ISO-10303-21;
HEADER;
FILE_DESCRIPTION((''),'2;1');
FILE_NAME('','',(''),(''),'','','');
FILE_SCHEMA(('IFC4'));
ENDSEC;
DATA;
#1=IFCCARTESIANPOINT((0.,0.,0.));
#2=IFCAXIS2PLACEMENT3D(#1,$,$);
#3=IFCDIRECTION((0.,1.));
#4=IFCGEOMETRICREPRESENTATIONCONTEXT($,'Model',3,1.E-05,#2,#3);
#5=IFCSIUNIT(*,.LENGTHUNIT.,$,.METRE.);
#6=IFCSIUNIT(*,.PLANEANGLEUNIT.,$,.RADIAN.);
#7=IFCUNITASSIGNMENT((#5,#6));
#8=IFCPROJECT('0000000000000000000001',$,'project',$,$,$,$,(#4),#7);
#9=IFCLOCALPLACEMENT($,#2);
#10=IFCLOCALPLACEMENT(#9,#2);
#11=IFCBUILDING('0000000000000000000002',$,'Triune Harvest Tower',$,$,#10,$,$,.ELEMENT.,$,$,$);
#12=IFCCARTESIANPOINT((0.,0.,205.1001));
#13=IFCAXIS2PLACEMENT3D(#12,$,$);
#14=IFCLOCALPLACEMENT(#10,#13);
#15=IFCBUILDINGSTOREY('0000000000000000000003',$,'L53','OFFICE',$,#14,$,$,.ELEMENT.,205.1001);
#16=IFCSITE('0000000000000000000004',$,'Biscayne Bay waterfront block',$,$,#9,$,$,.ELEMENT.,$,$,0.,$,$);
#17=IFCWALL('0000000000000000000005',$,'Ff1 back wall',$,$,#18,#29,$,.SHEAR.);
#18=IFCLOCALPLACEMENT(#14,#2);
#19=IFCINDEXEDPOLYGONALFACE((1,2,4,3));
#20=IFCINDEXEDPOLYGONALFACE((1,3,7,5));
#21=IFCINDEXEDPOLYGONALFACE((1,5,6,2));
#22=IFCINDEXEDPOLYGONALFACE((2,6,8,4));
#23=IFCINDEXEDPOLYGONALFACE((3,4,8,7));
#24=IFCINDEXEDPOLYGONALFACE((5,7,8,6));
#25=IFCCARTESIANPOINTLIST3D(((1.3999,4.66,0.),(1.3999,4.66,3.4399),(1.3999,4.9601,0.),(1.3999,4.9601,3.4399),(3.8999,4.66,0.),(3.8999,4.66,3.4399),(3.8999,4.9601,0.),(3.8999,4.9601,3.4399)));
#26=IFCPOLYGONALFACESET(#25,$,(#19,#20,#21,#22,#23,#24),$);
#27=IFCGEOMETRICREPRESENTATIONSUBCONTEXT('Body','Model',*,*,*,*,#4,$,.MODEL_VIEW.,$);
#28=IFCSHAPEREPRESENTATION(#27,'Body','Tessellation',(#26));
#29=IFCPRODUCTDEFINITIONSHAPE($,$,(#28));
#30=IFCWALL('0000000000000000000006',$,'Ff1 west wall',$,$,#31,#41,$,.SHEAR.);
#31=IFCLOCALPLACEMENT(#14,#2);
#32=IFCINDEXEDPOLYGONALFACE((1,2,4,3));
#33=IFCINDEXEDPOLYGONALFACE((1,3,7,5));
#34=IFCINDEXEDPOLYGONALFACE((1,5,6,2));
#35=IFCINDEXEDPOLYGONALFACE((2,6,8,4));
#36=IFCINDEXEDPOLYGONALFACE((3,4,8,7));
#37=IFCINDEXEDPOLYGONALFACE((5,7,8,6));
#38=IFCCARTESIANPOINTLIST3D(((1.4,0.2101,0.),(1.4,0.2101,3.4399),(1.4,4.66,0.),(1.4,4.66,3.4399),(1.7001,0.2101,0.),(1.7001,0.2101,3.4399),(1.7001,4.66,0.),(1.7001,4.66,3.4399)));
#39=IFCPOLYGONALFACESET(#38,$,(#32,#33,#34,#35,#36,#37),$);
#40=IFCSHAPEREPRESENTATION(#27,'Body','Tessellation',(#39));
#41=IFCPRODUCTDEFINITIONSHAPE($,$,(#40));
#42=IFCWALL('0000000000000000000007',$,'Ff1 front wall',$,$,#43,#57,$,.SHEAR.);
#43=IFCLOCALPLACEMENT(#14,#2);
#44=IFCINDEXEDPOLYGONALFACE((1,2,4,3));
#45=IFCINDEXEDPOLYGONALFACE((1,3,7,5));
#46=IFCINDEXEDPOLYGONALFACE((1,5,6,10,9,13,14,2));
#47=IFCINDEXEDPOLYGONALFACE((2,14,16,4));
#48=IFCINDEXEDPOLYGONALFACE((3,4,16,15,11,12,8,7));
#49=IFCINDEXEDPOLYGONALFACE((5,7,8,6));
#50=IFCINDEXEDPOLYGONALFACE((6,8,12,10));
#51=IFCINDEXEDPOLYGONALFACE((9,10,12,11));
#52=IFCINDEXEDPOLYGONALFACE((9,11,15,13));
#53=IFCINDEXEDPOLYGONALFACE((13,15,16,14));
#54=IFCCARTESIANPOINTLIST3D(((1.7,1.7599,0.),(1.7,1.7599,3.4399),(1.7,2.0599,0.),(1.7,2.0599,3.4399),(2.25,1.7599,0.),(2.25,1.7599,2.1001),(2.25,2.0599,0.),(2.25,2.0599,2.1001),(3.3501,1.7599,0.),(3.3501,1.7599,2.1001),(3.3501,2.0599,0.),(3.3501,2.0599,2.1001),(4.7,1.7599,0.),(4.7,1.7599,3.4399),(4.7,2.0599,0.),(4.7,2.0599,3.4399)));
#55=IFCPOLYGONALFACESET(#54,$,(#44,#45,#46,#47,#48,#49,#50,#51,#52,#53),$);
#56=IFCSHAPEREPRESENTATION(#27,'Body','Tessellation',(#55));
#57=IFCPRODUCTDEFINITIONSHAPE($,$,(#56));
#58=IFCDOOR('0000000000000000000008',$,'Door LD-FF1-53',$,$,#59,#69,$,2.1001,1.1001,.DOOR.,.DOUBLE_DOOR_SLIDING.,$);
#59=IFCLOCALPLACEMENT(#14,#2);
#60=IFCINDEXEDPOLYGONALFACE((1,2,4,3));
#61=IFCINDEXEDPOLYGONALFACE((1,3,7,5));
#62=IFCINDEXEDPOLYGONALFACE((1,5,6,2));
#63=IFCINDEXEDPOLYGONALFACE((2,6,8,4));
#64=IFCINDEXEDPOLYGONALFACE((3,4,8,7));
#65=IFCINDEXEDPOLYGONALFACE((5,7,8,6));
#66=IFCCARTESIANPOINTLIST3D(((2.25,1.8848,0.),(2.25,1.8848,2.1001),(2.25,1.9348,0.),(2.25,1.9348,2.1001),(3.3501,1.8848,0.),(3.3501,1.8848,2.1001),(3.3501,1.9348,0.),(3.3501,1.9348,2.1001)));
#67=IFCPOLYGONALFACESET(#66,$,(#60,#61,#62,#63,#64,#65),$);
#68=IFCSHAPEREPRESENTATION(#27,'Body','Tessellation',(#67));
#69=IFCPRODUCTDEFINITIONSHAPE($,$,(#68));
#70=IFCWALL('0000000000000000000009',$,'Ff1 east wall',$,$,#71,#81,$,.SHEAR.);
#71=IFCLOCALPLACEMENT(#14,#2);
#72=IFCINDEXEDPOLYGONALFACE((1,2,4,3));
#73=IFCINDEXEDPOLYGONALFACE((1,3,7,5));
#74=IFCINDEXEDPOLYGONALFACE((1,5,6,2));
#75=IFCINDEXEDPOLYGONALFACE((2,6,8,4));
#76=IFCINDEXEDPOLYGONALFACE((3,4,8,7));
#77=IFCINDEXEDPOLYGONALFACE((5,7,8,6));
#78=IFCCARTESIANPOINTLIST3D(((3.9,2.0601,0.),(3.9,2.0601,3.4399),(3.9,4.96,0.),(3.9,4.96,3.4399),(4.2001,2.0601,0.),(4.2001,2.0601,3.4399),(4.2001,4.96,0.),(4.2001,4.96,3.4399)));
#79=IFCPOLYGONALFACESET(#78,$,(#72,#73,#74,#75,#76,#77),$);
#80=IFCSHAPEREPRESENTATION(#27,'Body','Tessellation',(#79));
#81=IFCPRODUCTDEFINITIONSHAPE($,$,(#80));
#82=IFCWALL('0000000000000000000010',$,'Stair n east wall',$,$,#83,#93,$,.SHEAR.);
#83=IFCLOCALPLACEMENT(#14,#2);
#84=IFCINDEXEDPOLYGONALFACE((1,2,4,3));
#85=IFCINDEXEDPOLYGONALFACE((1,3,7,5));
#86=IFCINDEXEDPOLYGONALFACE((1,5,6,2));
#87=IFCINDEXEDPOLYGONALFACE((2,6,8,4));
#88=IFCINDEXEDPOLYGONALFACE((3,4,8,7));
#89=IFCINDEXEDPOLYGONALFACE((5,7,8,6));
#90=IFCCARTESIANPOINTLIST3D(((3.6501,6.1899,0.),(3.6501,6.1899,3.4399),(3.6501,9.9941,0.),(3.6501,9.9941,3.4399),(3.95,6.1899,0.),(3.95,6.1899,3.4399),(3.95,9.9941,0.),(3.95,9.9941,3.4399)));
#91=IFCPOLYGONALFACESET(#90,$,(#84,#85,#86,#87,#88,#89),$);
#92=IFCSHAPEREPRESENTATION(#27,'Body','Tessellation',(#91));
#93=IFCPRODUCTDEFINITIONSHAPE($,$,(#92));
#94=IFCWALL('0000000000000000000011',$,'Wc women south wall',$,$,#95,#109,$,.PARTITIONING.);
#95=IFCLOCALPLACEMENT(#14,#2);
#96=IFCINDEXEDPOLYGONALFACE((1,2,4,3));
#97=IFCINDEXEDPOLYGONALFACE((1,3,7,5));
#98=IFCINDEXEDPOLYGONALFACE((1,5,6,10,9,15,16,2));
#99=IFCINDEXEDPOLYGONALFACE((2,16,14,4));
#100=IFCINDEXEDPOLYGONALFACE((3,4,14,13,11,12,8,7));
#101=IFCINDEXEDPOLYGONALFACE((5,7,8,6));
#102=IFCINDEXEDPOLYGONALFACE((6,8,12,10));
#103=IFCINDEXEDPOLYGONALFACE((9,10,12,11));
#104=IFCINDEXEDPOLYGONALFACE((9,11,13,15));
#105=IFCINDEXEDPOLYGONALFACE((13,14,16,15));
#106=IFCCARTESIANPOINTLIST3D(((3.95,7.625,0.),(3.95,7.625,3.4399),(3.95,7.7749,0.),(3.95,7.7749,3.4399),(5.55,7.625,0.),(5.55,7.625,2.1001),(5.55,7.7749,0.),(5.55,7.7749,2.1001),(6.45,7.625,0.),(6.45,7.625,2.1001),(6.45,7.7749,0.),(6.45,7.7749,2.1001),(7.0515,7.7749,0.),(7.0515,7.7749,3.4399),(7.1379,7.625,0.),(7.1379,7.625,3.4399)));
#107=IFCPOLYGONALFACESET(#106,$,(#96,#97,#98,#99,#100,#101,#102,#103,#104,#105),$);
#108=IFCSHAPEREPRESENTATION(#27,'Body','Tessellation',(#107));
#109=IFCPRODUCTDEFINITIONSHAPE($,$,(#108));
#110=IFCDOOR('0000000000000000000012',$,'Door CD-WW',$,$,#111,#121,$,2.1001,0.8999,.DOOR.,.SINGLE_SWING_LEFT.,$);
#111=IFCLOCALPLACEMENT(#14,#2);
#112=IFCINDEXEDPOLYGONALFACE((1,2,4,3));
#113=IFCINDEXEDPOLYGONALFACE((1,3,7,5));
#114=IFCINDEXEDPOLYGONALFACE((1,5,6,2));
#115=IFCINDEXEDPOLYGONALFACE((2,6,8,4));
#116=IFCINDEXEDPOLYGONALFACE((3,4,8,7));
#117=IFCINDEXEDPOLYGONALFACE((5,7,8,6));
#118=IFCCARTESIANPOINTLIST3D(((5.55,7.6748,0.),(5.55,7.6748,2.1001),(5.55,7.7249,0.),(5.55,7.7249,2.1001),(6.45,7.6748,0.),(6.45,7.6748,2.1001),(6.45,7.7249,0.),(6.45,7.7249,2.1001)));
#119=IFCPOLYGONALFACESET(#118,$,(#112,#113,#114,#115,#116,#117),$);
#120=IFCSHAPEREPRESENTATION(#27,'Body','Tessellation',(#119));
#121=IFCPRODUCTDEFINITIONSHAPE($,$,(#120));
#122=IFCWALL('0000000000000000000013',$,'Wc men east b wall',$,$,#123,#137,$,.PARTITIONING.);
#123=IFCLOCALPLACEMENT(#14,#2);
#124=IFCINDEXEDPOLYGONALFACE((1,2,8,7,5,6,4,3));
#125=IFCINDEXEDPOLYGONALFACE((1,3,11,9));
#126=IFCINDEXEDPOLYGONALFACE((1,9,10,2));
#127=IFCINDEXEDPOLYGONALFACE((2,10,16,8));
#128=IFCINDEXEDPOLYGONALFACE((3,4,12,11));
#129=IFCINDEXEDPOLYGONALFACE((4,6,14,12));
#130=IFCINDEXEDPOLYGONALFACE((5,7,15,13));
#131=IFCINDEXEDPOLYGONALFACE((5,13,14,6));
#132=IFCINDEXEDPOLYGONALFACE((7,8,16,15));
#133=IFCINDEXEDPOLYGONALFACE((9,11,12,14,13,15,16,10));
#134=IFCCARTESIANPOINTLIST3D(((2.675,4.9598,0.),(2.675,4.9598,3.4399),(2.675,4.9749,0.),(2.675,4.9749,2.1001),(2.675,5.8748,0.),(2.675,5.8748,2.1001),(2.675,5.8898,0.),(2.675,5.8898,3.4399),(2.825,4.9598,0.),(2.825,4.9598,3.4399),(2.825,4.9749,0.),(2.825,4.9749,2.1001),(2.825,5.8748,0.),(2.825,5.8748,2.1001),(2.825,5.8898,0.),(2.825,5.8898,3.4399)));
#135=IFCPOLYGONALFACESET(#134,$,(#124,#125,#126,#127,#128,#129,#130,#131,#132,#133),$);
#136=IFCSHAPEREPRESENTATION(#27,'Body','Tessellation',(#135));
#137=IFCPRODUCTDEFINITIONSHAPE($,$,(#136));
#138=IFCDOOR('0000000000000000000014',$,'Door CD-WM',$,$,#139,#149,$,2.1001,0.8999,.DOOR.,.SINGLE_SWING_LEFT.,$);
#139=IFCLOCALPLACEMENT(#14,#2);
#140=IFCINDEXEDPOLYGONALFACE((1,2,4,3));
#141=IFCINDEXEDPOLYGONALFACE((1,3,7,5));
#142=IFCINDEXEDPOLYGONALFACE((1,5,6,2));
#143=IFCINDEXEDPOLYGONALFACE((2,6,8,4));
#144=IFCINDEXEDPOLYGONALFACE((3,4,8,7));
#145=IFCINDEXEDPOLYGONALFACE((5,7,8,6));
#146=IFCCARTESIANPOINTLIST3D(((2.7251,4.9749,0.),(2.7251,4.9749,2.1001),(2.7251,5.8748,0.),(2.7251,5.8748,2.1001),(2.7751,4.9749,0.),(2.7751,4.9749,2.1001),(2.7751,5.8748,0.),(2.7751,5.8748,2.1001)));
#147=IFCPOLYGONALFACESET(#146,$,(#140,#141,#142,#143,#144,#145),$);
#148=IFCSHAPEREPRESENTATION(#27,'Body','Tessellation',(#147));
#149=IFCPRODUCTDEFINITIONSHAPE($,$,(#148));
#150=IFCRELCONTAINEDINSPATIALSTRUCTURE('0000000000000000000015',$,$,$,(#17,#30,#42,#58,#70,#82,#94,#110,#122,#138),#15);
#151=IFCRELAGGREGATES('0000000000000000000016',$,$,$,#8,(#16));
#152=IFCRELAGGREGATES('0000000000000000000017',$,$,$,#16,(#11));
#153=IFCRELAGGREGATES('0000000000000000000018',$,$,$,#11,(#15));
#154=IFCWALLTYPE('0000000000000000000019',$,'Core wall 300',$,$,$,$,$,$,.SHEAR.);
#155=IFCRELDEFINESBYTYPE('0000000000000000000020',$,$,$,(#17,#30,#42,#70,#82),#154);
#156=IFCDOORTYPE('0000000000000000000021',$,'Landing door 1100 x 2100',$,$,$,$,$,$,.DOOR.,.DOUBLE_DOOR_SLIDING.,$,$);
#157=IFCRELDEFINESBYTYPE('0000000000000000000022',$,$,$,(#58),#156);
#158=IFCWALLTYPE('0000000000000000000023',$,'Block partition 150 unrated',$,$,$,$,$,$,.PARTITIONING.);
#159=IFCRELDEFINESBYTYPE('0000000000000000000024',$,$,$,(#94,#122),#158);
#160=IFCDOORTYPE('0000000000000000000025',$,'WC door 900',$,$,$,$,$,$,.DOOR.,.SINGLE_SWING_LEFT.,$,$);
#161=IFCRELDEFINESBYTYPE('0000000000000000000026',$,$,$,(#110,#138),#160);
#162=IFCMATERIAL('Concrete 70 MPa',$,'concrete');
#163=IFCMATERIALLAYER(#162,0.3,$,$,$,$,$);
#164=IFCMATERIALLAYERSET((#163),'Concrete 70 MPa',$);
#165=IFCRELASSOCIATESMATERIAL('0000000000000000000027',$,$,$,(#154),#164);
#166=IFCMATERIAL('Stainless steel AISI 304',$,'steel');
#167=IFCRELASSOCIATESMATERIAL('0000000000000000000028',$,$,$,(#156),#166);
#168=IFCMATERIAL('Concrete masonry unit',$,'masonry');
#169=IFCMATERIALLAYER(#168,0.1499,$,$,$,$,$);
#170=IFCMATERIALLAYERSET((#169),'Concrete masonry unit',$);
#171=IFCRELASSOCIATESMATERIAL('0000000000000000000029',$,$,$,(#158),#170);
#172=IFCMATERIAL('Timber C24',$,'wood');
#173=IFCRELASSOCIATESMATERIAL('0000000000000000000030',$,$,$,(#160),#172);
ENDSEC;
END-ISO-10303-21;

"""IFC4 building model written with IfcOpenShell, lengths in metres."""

from ifc_helpers import new_model, si_unit, direction, frame, frame_2d, origin, place, context, subcontext, project, spatial, polyline, rectangle, outline, extrude, source, transform, mapped, material, layer, layer_set, type_object, element, fill, save


model = new_model("IFC4")

# Units and contexts
model_context = context("Model", 3, precision=1e-05, world=origin(), true_north=direction((0.0, 1.0)))
body_context = subcontext(model_context, "Body", "Model", "MODEL_VIEW")
ifc_project = project(units=[si_unit("LENGTHUNIT", "METRE"), si_unit("PLANEANGLEUNIT", "RADIAN")], contexts=[model_context])

# Site, building, storey
site_placement = place(None, origin())
site = spatial("IfcSite", under=ifc_project, at=site_placement, Name="Biscayne Bay waterfront block", CompositionType="ELEMENT", RefElevation=0.0)
building_placement = place(site_placement, origin())
building = spatial("IfcBuilding", under=site, at=building_placement, Name="Triune Harvest Tower", CompositionType="ELEMENT")
storey_placement = place(building_placement, frame((0.0, 0.0, 205.1001)))
storey = spatial("IfcBuildingStorey", under=building, at=storey_placement, Name="L53", Description="OFFICE", CompositionType="ELEMENT", Elevation=205.1001)

# Walls
ifc_material_1 = material(Name="Concrete 70 MPa", Category="concrete")
ifc_layer_1 = layer(ifc_material_1, 0.3)
ifc_layer_set_1 = layer_set([ifc_layer_1], Name="Concrete 70 MPa")
wall_type_1 = type_object("IfcWallType", Name="Core wall 300", PredefinedType="SHEAR", material=ifc_layer_set_1)
shared_shape_1 = source(origin(), body_context, "Body", "SweptSolid", [
    extrude(rectangle(XDim=2.5, YDim=0.3, at=frame_2d((1.25, 0.0))), origin(), (0.0, 0.0, 1.0), 3.4399),
])
wall_1_placement = place(storey_placement, frame((1.3999, 4.8101, 0.0), z_axis=(0.0, 0.0, 1.0), x_axis=(1.0, 0.0, 0.0)))
element("IfcWall", 1, at=wall_1_placement, inside=storey, type_object=wall_type_1, Name="Ff1 back wall", PredefinedType="SHEAR", context=body_context, shape_type="MappedRepresentation", body=[
    mapped(shared_shape_1, transform((0.0, 0.0, 0.0), scale=1.0)),
])
shared_shape_2 = source(origin(), body_context, "Body", "SweptSolid", [
    extrude(rectangle(XDim=4.45, YDim=0.3, at=frame_2d((2.2251, 0.0))), origin(), (0.0, 0.0, 1.0), 3.4399),
])
wall_2_placement = place(storey_placement, frame((1.55, 0.21, 0.0), z_axis=(0.0, 0.0, 1.0), x_axis=(0.0, 1.0, 0.0)))
element("IfcWall", 2, at=wall_2_placement, inside=storey, type_object=wall_type_1, Name="Ff1 west wall", PredefinedType="SHEAR", context=body_context, shape_type="MappedRepresentation", body=[
    mapped(shared_shape_2, transform((0.0, 0.0, 0.0), scale=1.0)),
])

# Wall, opening, door
shared_shape_3 = source(origin(), body_context, "Body", "SweptSolid", [
    extrude(rectangle(XDim=3.0, YDim=0.3, at=frame_2d((1.5, 0.0))), origin(), (0.0, 0.0, 1.0), 3.4399),
])
wall_3_placement = place(storey_placement, frame((1.7, 1.9099, 0.0), z_axis=(0.0, 0.0, 1.0), x_axis=(1.0, 0.0, 0.0)))
wall_3 = element("IfcWall", 3, at=wall_3_placement, inside=storey, type_object=wall_type_1, Name="Ff1 front wall", PredefinedType="SHEAR", context=body_context, shape_type="MappedRepresentation", body=[
    mapped(shared_shape_3, transform((0.0, 0.0, 0.0), scale=1.0)),
])
opening_1_placement = place(wall_3_placement, frame((0.55, 0.0, 0.0)))
opening_1 = element("IfcOpeningElement", 4, at=opening_1_placement, cuts=wall_3, PredefinedType="OPENING", context=body_context, shape_type="SweptSolid", body=[
    extrude(rectangle(XDim=1.1001, YDim=2.1001, at=frame_2d((0.55, 1.05))), frame((0.0, 0.1602, 0.0), z_axis=(0.0, -1.0, 0.0), x_axis=(1.0, 0.0, 0.0)), (0.0, 0.0, 1.0), 0.3201),
])
ifc_material_2 = material(Name="Stainless steel AISI 304", Category="steel")
door_type_1 = type_object("IfcDoorType", Name="Landing door 1100 x 2100", OperationType="DOUBLE_DOOR_SLIDING", PredefinedType="DOOR", material=ifc_material_2)
door_1_placement = place(opening_1_placement, origin())
door_1 = element("IfcDoor", 5, at=door_1_placement, inside=storey, type_object=door_type_1, Name="Door LD-FF1-53", OperationType="DOUBLE_DOOR_SLIDING", OverallHeight=2.1001, OverallWidth=1.1001, PredefinedType="DOOR", context=body_context, shape_type="SweptSolid", body=[
    extrude(rectangle(XDim=1.1001, YDim=2.1001, at=frame_2d((0.55, 1.05))), frame((0.0, 0.0249, 0.0), z_axis=(0.0, -1.0, 0.0), x_axis=(1.0, 0.0, 0.0)), (0.0, 0.0, 1.0), 0.05),
])
fill(opening_1, door_1)

# Walls
shared_shape_4 = source(origin(), body_context, "Body", "SweptSolid", [
    extrude(rectangle(XDim=2.8999, YDim=0.3, at=frame_2d((1.45, 0.0))), origin(), (0.0, 0.0, 1.0), 3.4399),
])
wall_4_placement = place(storey_placement, frame((4.05, 2.0601, 0.0), z_axis=(0.0, 0.0, 1.0), x_axis=(0.0, 1.0, 0.0)))
element("IfcWall", 6, at=wall_4_placement, inside=storey, type_object=wall_type_1, Name="Ff1 east wall", PredefinedType="SHEAR", context=body_context, shape_type="MappedRepresentation", body=[
    mapped(shared_shape_4, transform((0.0, 0.0, 0.0), scale=1.0)),
])
shared_shape_5 = source(origin(), body_context, "Body", "SweptSolid", [
    extrude(outline(polyline([(0.0, -0.1499), (0.0, 0.1499), (3.8042, 0.1499), (3.8042, -0.1499), (0.0, -0.1499)])), origin(), (0.0, 0.0, 1.0), 3.4399),
])
wall_5_placement = place(storey_placement, frame((3.8, 6.1899, 0.0), z_axis=(0.0, 0.0, 1.0), x_axis=(0.0, 1.0, 0.0)))
element("IfcWall", 7, at=wall_5_placement, inside=storey, type_object=wall_type_1, Name="Stair n east wall", PredefinedType="SHEAR", context=body_context, shape_type="MappedRepresentation", body=[
    mapped(shared_shape_5, transform((0.0, 0.0, 0.0), scale=1.0)),
])

# Walls, openings, doors
ifc_material_3 = material(Name="Concrete masonry unit", Category="masonry")
ifc_layer_2 = layer(ifc_material_3, 0.1499)
ifc_layer_set_2 = layer_set([ifc_layer_2], Name="Concrete masonry unit")
wall_type_2 = type_object("IfcWallType", Name="Block partition 150 unrated", PredefinedType="PARTITIONING", material=ifc_layer_set_2)
shared_shape_6 = source(origin(), body_context, "Body", "SweptSolid", [
    extrude(outline(polyline([(0.0, -0.075), (0.0, 0.075), (3.1016, 0.075), (3.188, -0.075), (0.0, -0.075)])), origin(), (0.0, 0.0, 1.0), 3.4399),
])
wall_6_placement = place(storey_placement, frame((3.95, 7.7, 0.0), z_axis=(0.0, 0.0, 1.0), x_axis=(1.0, 0.0, 0.0)))
wall_6 = element("IfcWall", 8, at=wall_6_placement, inside=storey, type_object=wall_type_2, Name="Wc women south wall", PredefinedType="PARTITIONING", context=body_context, shape_type="MappedRepresentation", body=[
    mapped(shared_shape_6, transform((0.0, 0.0, 0.0), scale=1.0)),
])
opening_2_placement = place(wall_6_placement, frame((1.6001, 0.0, 0.0)))
opening_2 = element("IfcOpeningElement", 9, at=opening_2_placement, cuts=wall_6, PredefinedType="OPENING", context=body_context, shape_type="SweptSolid", body=[
    extrude(rectangle(XDim=0.8999, YDim=2.1001, at=frame_2d((0.45, 1.05))), frame((0.0, 0.085, 0.0), z_axis=(0.0, -1.0, 0.0), x_axis=(1.0, 0.0, 0.0)), (0.0, 0.0, 1.0), 0.1699),
])
ifc_material_4 = material(Name="Timber C24", Category="wood")
door_type_2 = type_object("IfcDoorType", Name="WC door 900", OperationType="SINGLE_SWING_LEFT", PredefinedType="DOOR", material=ifc_material_4)
door_2_placement = place(opening_2_placement, origin())
door_2 = element("IfcDoor", 10, at=door_2_placement, inside=storey, type_object=door_type_2, Name="Door CD-WW", OperationType="SINGLE_SWING_LEFT", OverallHeight=2.1001, OverallWidth=0.8999, PredefinedType="DOOR", context=body_context, shape_type="SweptSolid", body=[
    extrude(rectangle(XDim=0.8999, YDim=2.1001, at=frame_2d((0.45, 1.05))), frame((0.0, 0.0249, 0.0), z_axis=(0.0, -1.0, 0.0), x_axis=(1.0, 0.0, 0.0)), (0.0, 0.0, 1.0), 0.05),
])
fill(opening_2, door_2)
shared_shape_7 = source(origin(), body_context, "Body", "SweptSolid", [
    extrude(rectangle(XDim=0.9299, YDim=0.1499, at=frame_2d((0.4648, 0.0))), origin(), (0.0, 0.0, 1.0), 3.4399),
])
wall_7_placement = place(storey_placement, frame((2.75, 4.96, 0.0), z_axis=(0.0, 0.0, 1.0), x_axis=(0.0, 1.0, 0.0)))
wall_7 = element("IfcWall", 11, at=wall_7_placement, inside=storey, type_object=wall_type_2, Name="Wc men east b wall", PredefinedType="PARTITIONING", context=body_context, shape_type="MappedRepresentation", body=[
    mapped(shared_shape_7, transform((0.0, 0.0, 0.0), scale=1.0)),
])
opening_3_placement = place(wall_7_placement, frame((0.0149, 0.0, 0.0)))
opening_3 = element("IfcOpeningElement", 12, at=opening_3_placement, cuts=wall_7, PredefinedType="OPENING", context=body_context, shape_type="SweptSolid", body=[
    extrude(rectangle(XDim=0.8999, YDim=2.1001, at=frame_2d((0.45, 1.05))), frame((0.0, 0.085, 0.0), z_axis=(0.0, -1.0, 0.0), x_axis=(1.0, 0.0, 0.0)), (0.0, 0.0, 1.0), 0.1699),
])
door_3_placement = place(opening_3_placement, origin())
door_3 = element("IfcDoor", 13, at=door_3_placement, inside=storey, type_object=door_type_2, Name="Door CD-WM", OperationType="SINGLE_SWING_LEFT", OverallHeight=2.1001, OverallWidth=0.8999, PredefinedType="DOOR", context=body_context, shape_type="SweptSolid", body=[
    extrude(rectangle(XDim=0.8999, YDim=2.1001, at=frame_2d((0.45, 1.05))), frame((0.0, 0.0249, 0.0), z_axis=(0.0, -1.0, 0.0), x_axis=(1.0, 0.0, 0.0)), (0.0, 0.0, 1.0), 0.05),
])
fill(opening_3, door_3)

save(model, "model.ifc")
